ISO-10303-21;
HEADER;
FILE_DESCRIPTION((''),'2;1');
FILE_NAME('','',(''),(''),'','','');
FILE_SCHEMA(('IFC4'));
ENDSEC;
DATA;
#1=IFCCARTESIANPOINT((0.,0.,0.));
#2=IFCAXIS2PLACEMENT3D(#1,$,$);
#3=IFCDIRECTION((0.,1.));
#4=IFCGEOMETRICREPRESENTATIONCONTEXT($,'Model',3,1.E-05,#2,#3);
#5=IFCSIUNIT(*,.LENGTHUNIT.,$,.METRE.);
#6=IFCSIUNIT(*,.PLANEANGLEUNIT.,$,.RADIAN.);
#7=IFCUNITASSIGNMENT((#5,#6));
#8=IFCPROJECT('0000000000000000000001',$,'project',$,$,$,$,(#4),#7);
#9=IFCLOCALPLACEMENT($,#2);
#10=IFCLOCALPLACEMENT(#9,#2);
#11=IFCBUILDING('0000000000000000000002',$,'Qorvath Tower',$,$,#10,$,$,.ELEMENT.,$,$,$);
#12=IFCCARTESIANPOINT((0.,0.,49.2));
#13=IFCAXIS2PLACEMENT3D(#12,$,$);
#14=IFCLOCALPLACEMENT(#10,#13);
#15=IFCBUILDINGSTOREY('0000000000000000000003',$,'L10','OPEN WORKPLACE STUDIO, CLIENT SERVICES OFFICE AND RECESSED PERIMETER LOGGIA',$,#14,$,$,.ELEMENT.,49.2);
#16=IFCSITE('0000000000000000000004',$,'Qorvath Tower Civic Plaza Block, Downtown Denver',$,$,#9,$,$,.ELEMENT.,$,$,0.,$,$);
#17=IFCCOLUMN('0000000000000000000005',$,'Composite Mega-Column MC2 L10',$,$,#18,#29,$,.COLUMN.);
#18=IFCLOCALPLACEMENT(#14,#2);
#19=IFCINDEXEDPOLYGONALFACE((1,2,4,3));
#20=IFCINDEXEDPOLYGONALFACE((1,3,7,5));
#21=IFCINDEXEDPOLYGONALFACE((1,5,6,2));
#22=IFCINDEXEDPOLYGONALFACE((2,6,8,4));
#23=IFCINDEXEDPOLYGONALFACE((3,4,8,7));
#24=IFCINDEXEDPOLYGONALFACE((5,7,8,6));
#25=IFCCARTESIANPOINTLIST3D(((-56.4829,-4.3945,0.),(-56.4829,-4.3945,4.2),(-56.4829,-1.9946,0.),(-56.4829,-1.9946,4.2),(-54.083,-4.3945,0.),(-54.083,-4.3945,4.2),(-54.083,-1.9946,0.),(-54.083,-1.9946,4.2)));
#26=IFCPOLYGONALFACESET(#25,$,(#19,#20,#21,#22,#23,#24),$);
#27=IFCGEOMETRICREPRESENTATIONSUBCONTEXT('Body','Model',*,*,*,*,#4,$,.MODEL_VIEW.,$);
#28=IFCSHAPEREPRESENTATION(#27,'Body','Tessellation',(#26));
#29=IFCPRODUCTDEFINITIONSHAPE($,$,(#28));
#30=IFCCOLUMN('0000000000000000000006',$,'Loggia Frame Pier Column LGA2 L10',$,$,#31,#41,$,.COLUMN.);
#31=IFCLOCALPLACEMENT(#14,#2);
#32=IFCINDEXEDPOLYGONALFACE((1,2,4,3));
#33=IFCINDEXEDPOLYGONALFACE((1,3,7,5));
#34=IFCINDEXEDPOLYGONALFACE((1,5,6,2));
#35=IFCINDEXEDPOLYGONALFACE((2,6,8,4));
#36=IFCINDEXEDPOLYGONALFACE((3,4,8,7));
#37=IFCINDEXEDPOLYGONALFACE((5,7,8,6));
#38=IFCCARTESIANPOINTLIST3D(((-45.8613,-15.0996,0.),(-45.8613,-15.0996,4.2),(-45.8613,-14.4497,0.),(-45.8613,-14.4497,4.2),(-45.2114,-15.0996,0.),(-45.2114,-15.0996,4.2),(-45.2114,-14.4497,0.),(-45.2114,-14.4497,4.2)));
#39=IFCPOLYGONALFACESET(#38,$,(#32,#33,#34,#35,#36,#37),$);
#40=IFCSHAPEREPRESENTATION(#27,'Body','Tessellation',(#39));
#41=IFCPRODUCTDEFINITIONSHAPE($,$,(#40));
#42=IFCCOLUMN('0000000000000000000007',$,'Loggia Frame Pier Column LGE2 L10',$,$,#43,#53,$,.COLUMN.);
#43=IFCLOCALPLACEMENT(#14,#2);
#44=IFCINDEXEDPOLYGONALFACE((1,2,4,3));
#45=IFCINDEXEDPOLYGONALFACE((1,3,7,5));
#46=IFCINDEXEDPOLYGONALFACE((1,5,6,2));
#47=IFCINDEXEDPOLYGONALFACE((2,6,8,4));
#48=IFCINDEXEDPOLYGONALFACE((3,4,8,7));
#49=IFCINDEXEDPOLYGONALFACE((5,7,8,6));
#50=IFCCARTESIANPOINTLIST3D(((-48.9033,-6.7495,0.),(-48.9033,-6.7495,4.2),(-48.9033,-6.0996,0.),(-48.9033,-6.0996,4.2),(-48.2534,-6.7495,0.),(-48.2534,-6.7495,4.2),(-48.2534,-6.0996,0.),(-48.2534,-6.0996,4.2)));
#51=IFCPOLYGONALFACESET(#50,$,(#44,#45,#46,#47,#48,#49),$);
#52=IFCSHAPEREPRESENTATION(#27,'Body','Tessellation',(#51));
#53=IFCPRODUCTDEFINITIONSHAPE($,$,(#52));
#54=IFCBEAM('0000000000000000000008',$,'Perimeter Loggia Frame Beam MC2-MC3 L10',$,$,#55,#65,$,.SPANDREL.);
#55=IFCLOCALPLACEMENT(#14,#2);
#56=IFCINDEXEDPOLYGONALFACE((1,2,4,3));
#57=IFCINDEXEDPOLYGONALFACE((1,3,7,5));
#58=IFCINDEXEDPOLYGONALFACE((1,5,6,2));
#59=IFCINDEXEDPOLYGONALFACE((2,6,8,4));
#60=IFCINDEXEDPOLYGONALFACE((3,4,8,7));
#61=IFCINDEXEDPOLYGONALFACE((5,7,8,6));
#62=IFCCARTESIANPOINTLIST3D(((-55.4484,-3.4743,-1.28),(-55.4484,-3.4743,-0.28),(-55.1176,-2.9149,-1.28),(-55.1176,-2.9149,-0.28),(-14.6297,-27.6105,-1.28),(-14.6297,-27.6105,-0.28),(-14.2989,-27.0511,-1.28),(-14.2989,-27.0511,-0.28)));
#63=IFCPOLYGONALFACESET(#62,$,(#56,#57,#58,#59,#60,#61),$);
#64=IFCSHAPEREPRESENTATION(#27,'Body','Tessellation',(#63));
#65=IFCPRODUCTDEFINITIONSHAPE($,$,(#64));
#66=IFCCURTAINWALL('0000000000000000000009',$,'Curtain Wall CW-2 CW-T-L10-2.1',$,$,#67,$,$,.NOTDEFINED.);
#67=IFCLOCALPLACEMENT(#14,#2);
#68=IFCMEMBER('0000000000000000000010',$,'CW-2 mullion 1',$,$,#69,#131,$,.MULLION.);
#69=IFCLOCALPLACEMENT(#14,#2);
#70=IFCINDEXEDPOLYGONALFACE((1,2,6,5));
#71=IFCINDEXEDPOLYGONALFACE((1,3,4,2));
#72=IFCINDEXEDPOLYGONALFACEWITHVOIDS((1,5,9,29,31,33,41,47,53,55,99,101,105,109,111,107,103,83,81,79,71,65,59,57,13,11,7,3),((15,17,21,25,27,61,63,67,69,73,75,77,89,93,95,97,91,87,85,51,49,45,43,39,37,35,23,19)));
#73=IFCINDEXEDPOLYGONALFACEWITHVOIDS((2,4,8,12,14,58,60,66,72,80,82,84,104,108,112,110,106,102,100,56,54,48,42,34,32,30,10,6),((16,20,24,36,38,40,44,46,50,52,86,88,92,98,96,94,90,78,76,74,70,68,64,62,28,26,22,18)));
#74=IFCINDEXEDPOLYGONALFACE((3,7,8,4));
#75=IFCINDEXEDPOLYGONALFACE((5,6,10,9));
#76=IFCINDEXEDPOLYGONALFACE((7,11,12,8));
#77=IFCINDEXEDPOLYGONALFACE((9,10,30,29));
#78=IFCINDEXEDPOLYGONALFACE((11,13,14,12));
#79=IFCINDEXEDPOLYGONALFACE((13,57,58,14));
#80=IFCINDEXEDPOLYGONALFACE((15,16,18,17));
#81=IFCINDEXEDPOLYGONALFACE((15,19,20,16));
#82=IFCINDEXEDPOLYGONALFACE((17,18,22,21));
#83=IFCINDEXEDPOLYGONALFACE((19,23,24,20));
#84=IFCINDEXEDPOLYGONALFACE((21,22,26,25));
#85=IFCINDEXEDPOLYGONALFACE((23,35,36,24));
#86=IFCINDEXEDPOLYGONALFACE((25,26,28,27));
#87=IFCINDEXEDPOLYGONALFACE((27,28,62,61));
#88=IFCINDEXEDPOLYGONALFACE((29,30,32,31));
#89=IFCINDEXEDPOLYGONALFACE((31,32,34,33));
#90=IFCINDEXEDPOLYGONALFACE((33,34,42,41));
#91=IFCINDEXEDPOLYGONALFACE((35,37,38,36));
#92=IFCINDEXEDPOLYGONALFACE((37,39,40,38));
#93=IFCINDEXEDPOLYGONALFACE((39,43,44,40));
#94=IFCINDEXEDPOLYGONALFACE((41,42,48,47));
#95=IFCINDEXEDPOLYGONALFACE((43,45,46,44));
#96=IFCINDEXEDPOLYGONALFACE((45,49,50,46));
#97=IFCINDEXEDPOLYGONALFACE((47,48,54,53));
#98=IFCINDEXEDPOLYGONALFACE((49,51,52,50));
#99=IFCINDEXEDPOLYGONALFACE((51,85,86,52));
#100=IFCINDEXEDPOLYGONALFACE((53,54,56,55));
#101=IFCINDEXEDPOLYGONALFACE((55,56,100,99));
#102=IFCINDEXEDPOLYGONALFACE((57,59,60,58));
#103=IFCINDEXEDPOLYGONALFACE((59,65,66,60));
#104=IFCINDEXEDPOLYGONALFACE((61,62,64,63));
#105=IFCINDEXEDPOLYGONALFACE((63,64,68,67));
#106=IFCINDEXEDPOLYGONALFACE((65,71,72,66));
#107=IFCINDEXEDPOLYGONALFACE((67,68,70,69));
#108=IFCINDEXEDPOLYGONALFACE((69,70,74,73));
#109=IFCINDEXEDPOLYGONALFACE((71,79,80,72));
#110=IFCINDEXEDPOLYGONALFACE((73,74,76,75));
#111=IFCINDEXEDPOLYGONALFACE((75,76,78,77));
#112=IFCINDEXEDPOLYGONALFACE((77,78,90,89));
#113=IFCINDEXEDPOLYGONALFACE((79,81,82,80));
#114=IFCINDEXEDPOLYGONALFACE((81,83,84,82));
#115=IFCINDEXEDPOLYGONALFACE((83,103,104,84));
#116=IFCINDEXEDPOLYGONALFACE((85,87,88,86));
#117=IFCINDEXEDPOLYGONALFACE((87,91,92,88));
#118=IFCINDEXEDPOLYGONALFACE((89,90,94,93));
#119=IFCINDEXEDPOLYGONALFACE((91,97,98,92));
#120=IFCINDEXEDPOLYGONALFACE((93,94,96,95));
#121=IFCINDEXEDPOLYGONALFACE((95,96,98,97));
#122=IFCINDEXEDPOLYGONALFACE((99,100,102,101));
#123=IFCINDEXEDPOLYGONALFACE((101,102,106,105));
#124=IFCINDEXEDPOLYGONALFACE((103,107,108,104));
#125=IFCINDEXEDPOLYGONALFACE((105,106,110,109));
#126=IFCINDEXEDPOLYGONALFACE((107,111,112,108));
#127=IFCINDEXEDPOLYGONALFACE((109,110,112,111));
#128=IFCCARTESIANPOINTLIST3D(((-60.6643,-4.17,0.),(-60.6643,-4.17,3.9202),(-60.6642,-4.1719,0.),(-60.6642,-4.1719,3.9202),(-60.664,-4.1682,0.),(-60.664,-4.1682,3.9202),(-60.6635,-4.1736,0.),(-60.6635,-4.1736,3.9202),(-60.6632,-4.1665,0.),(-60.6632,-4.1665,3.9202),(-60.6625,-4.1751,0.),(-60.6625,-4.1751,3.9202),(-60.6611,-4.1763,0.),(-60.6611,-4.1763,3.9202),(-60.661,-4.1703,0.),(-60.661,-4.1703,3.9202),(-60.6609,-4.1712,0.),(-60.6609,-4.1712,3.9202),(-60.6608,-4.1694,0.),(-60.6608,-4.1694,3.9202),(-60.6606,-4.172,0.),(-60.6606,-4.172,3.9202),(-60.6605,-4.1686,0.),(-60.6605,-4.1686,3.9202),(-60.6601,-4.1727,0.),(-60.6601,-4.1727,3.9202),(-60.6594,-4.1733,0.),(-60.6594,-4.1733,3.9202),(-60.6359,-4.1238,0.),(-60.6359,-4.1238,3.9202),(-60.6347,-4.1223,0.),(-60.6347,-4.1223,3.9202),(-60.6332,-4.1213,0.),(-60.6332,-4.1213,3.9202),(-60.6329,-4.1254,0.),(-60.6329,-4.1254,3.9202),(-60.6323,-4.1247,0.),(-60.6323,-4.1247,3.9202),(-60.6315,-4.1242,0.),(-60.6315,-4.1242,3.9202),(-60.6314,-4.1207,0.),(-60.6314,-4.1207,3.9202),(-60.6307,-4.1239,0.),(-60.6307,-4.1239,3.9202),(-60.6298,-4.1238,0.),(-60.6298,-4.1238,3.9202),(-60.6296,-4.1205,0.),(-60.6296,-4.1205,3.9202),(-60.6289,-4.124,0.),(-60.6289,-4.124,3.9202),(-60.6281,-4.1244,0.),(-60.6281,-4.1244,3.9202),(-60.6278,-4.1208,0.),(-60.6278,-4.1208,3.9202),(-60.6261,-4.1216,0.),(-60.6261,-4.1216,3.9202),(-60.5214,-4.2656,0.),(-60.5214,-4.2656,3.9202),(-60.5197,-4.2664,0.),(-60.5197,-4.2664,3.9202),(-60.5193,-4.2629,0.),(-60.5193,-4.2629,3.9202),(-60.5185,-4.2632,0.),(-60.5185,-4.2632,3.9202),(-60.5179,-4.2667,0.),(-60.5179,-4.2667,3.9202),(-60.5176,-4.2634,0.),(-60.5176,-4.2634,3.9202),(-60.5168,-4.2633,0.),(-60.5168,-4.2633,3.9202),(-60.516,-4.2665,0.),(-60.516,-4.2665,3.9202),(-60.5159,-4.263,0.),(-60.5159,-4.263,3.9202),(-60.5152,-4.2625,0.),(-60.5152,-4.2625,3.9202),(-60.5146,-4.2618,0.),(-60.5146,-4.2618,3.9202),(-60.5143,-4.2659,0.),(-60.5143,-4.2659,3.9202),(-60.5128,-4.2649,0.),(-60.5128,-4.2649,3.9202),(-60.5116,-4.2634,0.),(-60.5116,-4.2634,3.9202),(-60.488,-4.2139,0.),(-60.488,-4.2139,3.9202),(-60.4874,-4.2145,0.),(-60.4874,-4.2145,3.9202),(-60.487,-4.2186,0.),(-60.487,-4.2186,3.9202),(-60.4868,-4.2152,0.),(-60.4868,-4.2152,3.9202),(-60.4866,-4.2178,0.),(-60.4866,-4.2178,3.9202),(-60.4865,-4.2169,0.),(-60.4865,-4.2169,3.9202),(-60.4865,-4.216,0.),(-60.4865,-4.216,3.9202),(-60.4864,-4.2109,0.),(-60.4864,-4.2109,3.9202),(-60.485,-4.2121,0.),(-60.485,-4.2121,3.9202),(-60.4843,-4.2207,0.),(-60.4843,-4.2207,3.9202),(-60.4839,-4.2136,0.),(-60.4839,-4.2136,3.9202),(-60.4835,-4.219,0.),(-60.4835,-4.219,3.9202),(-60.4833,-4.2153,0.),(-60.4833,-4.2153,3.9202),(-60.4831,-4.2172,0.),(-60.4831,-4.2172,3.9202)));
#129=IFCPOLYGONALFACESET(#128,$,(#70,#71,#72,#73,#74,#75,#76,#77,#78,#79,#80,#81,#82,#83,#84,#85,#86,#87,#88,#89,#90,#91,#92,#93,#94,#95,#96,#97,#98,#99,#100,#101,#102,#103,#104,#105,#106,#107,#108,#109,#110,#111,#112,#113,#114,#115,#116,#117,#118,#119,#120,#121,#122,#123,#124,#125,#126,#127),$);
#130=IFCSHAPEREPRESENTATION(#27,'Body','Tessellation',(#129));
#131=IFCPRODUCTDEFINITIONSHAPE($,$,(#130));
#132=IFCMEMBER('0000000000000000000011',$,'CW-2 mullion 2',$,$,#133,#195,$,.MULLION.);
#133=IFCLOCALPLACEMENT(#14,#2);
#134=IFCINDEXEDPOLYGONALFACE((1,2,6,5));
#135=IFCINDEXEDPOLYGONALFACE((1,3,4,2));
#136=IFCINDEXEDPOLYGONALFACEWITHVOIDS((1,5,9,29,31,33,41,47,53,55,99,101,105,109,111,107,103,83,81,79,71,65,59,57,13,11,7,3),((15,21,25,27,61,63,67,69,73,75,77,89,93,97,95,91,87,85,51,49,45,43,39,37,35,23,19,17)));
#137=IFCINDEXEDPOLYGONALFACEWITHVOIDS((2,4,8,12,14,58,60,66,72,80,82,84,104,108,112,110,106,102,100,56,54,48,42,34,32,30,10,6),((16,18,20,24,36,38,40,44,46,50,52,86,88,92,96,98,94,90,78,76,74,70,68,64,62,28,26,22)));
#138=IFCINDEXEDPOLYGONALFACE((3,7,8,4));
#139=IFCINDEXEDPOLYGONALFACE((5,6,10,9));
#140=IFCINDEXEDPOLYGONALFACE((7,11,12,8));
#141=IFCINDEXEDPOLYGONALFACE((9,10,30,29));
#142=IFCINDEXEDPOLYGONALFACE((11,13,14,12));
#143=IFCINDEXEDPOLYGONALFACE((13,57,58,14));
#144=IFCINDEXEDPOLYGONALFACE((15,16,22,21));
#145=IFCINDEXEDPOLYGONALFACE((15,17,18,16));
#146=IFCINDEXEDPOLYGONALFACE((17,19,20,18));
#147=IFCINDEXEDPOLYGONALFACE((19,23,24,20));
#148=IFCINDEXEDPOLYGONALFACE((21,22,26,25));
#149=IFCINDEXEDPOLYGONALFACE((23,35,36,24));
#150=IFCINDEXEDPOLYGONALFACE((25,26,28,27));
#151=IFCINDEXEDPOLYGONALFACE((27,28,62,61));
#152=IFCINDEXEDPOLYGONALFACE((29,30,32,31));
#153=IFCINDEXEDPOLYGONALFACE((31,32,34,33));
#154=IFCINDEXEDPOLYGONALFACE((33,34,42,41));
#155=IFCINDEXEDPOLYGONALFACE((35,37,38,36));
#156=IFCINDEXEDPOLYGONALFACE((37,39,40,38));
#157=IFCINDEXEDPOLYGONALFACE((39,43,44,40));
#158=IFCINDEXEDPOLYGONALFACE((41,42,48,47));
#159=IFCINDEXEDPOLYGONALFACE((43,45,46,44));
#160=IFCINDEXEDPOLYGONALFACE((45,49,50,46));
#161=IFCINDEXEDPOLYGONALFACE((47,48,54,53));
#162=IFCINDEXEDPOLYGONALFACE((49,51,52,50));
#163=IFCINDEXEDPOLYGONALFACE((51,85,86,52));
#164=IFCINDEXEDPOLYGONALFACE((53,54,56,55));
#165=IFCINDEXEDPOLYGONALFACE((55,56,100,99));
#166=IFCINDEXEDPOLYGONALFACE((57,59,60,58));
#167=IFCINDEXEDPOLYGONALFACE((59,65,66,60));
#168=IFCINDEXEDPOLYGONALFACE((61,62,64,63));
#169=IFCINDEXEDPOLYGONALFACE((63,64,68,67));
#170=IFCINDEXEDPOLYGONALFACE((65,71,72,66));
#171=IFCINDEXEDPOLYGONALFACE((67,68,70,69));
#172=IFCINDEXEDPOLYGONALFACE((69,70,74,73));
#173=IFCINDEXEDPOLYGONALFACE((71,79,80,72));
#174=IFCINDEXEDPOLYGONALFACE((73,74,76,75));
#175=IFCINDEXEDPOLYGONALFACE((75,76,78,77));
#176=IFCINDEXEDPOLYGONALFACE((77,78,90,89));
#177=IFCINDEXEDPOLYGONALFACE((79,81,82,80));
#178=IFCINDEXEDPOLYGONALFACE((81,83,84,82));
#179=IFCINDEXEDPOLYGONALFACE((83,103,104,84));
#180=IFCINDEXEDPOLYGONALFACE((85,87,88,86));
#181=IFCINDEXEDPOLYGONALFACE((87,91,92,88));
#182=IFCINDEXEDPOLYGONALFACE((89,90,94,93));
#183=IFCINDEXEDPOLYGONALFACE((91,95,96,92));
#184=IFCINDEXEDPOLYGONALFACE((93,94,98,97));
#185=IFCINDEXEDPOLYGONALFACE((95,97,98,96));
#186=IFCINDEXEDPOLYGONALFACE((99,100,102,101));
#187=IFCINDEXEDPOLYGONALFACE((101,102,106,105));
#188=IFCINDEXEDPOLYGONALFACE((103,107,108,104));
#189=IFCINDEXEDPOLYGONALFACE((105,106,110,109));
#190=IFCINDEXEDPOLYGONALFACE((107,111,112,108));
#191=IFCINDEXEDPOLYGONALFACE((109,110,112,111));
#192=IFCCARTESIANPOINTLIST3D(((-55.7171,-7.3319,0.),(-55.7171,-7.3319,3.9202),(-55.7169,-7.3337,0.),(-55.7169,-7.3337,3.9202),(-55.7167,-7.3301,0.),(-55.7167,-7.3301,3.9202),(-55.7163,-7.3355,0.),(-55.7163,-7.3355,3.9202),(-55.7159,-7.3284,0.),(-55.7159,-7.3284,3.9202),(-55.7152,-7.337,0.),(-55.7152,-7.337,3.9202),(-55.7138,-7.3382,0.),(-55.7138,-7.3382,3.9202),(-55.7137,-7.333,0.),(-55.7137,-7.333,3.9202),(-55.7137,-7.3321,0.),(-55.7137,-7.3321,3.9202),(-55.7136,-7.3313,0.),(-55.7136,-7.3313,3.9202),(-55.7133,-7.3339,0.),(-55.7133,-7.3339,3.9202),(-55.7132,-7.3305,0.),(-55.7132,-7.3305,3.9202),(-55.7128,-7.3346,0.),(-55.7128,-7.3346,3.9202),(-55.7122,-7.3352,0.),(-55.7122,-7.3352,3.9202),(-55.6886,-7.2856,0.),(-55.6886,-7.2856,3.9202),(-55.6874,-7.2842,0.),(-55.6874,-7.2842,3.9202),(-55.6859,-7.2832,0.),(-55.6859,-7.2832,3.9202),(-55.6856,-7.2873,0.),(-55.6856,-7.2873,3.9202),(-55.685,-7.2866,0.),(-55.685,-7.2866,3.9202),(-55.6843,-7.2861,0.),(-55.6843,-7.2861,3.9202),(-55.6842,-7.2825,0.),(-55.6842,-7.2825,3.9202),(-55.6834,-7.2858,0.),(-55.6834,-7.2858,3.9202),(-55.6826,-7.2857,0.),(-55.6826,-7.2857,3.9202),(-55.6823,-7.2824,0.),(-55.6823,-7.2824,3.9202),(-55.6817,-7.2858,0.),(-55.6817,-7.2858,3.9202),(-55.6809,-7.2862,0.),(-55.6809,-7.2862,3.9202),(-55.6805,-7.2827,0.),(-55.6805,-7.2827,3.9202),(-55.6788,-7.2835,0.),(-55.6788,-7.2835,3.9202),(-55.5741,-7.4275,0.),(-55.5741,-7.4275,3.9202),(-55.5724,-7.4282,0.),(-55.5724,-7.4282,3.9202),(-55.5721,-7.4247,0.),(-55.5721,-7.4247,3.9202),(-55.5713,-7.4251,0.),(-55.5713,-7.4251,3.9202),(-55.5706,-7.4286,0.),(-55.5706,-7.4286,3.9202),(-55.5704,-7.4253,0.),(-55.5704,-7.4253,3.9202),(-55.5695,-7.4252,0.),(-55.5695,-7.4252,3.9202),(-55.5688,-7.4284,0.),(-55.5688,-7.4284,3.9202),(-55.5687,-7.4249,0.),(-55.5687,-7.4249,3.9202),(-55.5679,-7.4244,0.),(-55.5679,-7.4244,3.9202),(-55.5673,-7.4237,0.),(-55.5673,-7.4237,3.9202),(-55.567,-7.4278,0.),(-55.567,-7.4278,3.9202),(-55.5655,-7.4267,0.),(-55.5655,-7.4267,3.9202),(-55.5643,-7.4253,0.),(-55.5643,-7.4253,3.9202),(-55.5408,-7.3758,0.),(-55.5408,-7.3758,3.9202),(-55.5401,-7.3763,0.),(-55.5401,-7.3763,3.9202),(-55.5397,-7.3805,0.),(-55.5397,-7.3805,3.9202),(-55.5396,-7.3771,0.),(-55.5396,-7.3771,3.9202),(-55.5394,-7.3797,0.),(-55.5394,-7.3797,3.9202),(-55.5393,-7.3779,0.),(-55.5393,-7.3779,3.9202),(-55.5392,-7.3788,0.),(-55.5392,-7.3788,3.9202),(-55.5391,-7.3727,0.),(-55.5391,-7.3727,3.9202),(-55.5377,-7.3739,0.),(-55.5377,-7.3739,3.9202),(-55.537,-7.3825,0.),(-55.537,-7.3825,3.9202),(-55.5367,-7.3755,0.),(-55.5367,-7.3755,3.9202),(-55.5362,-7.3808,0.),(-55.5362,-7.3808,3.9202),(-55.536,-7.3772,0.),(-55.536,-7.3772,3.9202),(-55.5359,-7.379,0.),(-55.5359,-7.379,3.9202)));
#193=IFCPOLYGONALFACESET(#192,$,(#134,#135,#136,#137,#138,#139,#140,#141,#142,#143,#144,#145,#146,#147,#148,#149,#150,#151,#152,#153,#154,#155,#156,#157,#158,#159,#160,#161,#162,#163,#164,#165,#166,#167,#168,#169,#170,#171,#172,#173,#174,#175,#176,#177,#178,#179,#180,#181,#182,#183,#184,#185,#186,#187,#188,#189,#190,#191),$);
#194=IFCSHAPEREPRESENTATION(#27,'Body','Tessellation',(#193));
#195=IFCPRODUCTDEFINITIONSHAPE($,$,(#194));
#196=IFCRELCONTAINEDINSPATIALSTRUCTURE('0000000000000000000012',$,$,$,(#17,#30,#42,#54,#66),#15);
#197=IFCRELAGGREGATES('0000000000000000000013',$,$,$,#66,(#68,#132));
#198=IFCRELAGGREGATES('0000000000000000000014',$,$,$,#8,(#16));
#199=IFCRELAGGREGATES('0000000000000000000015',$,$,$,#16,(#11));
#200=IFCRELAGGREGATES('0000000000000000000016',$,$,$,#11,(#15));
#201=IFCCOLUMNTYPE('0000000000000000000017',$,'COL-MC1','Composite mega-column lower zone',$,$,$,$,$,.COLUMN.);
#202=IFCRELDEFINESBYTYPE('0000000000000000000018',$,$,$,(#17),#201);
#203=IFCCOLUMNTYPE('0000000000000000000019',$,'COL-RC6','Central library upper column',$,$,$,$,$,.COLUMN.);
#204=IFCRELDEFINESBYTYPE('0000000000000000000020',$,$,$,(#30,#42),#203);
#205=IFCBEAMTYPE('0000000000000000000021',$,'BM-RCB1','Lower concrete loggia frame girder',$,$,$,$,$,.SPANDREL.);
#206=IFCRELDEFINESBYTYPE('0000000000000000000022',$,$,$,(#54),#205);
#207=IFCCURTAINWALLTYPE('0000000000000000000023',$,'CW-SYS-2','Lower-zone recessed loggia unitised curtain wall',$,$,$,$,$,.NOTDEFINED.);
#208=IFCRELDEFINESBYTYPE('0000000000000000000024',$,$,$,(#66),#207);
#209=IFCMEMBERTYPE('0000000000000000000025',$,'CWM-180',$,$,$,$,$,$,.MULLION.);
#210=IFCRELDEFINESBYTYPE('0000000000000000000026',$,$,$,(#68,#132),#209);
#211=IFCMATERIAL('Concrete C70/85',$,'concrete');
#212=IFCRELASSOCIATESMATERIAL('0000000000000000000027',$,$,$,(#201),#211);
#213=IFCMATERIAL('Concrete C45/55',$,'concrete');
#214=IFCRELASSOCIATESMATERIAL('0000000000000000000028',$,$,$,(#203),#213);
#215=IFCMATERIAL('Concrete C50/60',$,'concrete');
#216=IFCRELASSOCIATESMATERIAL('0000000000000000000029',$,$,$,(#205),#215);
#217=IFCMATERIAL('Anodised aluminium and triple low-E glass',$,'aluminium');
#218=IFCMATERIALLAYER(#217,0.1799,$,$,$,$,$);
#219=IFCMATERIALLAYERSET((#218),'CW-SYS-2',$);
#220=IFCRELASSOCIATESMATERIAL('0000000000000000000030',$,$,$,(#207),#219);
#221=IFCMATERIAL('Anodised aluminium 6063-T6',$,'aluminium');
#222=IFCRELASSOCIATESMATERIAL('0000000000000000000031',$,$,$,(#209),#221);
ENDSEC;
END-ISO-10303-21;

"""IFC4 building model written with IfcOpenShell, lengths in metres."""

from ifc_helpers import new_model, si_unit, direction, frame, origin, origin_2d, place, context, subcontext, project, spatial, rectangle, hollow_rectangle, extrude, material, layer, layer_set, material_profile, profile_set, type_object, element, aggregate, save


model = new_model("IFC4")

# Units and contexts
model_context = context("Model", 3, precision=1e-05, world=origin(), true_north=direction((0.0, 1.0)))
body_context = subcontext(model_context, "Body", "Model", "MODEL_VIEW")
ifc_project = project(units=[si_unit("LENGTHUNIT", "METRE"), si_unit("PLANEANGLEUNIT", "RADIAN")], contexts=[model_context])

# Site, building, storey
site_placement = place(None, origin())
site = spatial("IfcSite", under=ifc_project, at=site_placement, Name="Qorvath Tower Civic Plaza Block, Downtown Denver", CompositionType="ELEMENT", RefElevation=0.0)
building_placement = place(site_placement, origin())
building = spatial("IfcBuilding", under=site, at=building_placement, Name="Qorvath Tower", CompositionType="ELEMENT")
storey_placement = place(building_placement, frame((0.0, 0.0, 49.2)))
storey = spatial("IfcBuildingStorey", under=building, at=storey_placement, Name="L10", Description="OPEN WORKPLACE STUDIO, CLIENT SERVICES OFFICE AND RECESSED PERIMETER LOGGIA", CompositionType="ELEMENT", Elevation=49.2)

# Columns
ifc_material_1 = material(Name="Concrete C70/85", Category="concrete")
ifc_material_profile_1 = material_profile(ifc_material_1, rectangle(XDim=2.3999, YDim=2.3999, at=origin_2d()), Name="MC 2400x2400")
ifc_profile_set_1 = profile_set([ifc_material_profile_1], Name="Concrete C70/85")
column_type_1 = type_object("IfcColumnType", Name="COL-MC1", Description="Composite mega-column lower zone", PredefinedType="COLUMN", material=ifc_profile_set_1)
column_placement = place(storey_placement, frame((-55.283, -3.1946, 0.0), z_axis=(0.0, 0.0, 1.0), x_axis=(1.0, 0.0, 0.0)))
element("IfcColumn", 1, at=column_placement, inside=storey, type_object=column_type_1, Name="Composite Mega-Column MC2 L10", PredefinedType="COLUMN", context=body_context, shape_type="SweptSolid", body=[
    extrude(rectangle(XDim=2.3999, YDim=2.3999, at=origin_2d()), origin(), (0.0, 0.0, 1.0), 4.2),
])
ifc_material_2 = material(Name="Concrete C45/55", Category="concrete")
ifc_material_profile_2 = material_profile(ifc_material_2, rectangle(XDim=0.6499, YDim=0.6499, at=origin_2d()), Name="RC 650x650")
ifc_profile_set_2 = profile_set([ifc_material_profile_2], Name="Concrete C45/55")
column_type_2 = type_object("IfcColumnType", Name="COL-RC6", Description="Central library upper column", PredefinedType="COLUMN", material=ifc_profile_set_2)
for number, where, z_axis, x_axis, name in (
    (2, (-45.5364, -14.7747, 0.0), (0.0, 0.0, 1.0), (1.0, 0.0, 0.0), "Loggia Frame Pier Column LGA2 L10"),
    (3, (-48.5784, -6.4246, 0.0), (0.0, 0.0, 1.0), (1.0, 0.0, 0.0), "Loggia Frame Pier Column LGE2 L10"),
):
    element("IfcColumn", number, at=place(storey_placement, frame(where, z_axis=z_axis, x_axis=x_axis)), inside=storey, type_object=column_type_2, Name=name, PredefinedType="COLUMN", context=body_context, shape_type="SweptSolid", body=[
        extrude(rectangle(XDim=0.6499, YDim=0.6499, at=origin_2d()), origin(), (0.0, 0.0, 1.0), 4.2),
    ])

# Beam
ifc_material_3 = material(Name="Concrete C50/60", Category="concrete")
ifc_material_profile_3 = material_profile(ifc_material_3, rectangle(XDim=0.6499, YDim=1.0, at=origin_2d()), Name="RCB 1000x650")
ifc_profile_set_3 = profile_set([ifc_material_profile_3], Name="Concrete C50/60")
beam_type = type_object("IfcBeamType", Name="BM-RCB1", Description="Lower concrete loggia frame girder", PredefinedType="SPANDREL", material=ifc_profile_set_3)
beam_placement = place(storey_placement, frame((-55.283, -3.1946, -0.78), z_axis=(0.860777, -0.508982, 0.0), x_axis=(0.508982, 0.860777, 0.0)))
element("IfcBeam", 4, at=beam_placement, inside=storey, type_object=beam_type, Name="Perimeter Loggia Frame Beam MC2-MC3 L10", PredefinedType="SPANDREL", context=body_context, shape_type="SweptSolid", body=[
    extrude(rectangle(XDim=0.6499, YDim=1.0, at=origin_2d()), origin(), (0.0, 0.0, 1.0), 47.4207),
])

# Curtain wall, members
ifc_material_4 = material(Name="Anodised aluminium and triple low-E glass", Category="aluminium")
ifc_layer_1 = layer(ifc_material_4, 0.1799)
ifc_layer_set_1 = layer_set([ifc_layer_1], Name="CW-SYS-2")
curtain_wall_type = type_object("IfcCurtainWallType", Name="CW-SYS-2", Description="Lower-zone recessed loggia unitised curtain wall", PredefinedType="NOTDEFINED", material=ifc_layer_set_1)
curtain_wall_placement = place(storey_placement, origin())
curtain_wall = element("IfcCurtainWall", 5, at=curtain_wall_placement, inside=storey, type_object=curtain_wall_type, Name="Curtain Wall CW-2 CW-T-L10-2.1", PredefinedType="NOTDEFINED")
ifc_material_5 = material(Name="Anodised aluminium 6063-T6", Category="aluminium")
ifc_material_profile_4 = material_profile(ifc_material_5, hollow_rectangle(XDim=0.0649, YDim=0.1799, WallThickness=0.0034, InnerFilletRadius=0.0034, OuterFilletRadius=0.0071, at=origin_2d()), Name="CWM 180x65")
ifc_profile_set_4 = profile_set([ifc_material_profile_4], Name="Anodised aluminium 6063-T6")
member_type_1 = type_object("IfcMemberType", Name="CWM-180", PredefinedType="MULLION", material=ifc_profile_set_4)
member_1_placement = place(storey_placement, frame((-60.5737, -4.1936, 0.0), z_axis=(0.0, 0.0, 1.0), x_axis=(0.538532, 0.842605, 0.0)))
member_1 = element("IfcMember", 6, at=member_1_placement, type_object=member_type_1, Name="CW-2 mullion 1", PredefinedType="MULLION", context=body_context, shape_type="SweptSolid", body=[
    extrude(hollow_rectangle(XDim=0.0649, YDim=0.1799, WallThickness=0.0034, InnerFilletRadius=0.0034, OuterFilletRadius=0.0071, at=origin_2d()), origin(), (0.0, 0.0, 1.0), 3.9202),
])
member_2_placement = place(storey_placement, frame((-55.6265, -7.3555, 0.0), z_axis=(0.0, 0.0, 1.0), x_axis=(0.538532, 0.842605, 0.0)))
member_2 = element("IfcMember", 7, at=member_2_placement, type_object=member_type_1, Name="CW-2 mullion 2", PredefinedType="MULLION", context=body_context, shape_type="SweptSolid", body=[
    extrude(hollow_rectangle(XDim=0.0649, YDim=0.1799, WallThickness=0.0034, InnerFilletRadius=0.0034, OuterFilletRadius=0.0071, at=origin_2d()), origin(), (0.0, 0.0, 1.0), 3.9202),
])

aggregate(curtain_wall, [member_1, member_2])

save(model, "model.ifc")
